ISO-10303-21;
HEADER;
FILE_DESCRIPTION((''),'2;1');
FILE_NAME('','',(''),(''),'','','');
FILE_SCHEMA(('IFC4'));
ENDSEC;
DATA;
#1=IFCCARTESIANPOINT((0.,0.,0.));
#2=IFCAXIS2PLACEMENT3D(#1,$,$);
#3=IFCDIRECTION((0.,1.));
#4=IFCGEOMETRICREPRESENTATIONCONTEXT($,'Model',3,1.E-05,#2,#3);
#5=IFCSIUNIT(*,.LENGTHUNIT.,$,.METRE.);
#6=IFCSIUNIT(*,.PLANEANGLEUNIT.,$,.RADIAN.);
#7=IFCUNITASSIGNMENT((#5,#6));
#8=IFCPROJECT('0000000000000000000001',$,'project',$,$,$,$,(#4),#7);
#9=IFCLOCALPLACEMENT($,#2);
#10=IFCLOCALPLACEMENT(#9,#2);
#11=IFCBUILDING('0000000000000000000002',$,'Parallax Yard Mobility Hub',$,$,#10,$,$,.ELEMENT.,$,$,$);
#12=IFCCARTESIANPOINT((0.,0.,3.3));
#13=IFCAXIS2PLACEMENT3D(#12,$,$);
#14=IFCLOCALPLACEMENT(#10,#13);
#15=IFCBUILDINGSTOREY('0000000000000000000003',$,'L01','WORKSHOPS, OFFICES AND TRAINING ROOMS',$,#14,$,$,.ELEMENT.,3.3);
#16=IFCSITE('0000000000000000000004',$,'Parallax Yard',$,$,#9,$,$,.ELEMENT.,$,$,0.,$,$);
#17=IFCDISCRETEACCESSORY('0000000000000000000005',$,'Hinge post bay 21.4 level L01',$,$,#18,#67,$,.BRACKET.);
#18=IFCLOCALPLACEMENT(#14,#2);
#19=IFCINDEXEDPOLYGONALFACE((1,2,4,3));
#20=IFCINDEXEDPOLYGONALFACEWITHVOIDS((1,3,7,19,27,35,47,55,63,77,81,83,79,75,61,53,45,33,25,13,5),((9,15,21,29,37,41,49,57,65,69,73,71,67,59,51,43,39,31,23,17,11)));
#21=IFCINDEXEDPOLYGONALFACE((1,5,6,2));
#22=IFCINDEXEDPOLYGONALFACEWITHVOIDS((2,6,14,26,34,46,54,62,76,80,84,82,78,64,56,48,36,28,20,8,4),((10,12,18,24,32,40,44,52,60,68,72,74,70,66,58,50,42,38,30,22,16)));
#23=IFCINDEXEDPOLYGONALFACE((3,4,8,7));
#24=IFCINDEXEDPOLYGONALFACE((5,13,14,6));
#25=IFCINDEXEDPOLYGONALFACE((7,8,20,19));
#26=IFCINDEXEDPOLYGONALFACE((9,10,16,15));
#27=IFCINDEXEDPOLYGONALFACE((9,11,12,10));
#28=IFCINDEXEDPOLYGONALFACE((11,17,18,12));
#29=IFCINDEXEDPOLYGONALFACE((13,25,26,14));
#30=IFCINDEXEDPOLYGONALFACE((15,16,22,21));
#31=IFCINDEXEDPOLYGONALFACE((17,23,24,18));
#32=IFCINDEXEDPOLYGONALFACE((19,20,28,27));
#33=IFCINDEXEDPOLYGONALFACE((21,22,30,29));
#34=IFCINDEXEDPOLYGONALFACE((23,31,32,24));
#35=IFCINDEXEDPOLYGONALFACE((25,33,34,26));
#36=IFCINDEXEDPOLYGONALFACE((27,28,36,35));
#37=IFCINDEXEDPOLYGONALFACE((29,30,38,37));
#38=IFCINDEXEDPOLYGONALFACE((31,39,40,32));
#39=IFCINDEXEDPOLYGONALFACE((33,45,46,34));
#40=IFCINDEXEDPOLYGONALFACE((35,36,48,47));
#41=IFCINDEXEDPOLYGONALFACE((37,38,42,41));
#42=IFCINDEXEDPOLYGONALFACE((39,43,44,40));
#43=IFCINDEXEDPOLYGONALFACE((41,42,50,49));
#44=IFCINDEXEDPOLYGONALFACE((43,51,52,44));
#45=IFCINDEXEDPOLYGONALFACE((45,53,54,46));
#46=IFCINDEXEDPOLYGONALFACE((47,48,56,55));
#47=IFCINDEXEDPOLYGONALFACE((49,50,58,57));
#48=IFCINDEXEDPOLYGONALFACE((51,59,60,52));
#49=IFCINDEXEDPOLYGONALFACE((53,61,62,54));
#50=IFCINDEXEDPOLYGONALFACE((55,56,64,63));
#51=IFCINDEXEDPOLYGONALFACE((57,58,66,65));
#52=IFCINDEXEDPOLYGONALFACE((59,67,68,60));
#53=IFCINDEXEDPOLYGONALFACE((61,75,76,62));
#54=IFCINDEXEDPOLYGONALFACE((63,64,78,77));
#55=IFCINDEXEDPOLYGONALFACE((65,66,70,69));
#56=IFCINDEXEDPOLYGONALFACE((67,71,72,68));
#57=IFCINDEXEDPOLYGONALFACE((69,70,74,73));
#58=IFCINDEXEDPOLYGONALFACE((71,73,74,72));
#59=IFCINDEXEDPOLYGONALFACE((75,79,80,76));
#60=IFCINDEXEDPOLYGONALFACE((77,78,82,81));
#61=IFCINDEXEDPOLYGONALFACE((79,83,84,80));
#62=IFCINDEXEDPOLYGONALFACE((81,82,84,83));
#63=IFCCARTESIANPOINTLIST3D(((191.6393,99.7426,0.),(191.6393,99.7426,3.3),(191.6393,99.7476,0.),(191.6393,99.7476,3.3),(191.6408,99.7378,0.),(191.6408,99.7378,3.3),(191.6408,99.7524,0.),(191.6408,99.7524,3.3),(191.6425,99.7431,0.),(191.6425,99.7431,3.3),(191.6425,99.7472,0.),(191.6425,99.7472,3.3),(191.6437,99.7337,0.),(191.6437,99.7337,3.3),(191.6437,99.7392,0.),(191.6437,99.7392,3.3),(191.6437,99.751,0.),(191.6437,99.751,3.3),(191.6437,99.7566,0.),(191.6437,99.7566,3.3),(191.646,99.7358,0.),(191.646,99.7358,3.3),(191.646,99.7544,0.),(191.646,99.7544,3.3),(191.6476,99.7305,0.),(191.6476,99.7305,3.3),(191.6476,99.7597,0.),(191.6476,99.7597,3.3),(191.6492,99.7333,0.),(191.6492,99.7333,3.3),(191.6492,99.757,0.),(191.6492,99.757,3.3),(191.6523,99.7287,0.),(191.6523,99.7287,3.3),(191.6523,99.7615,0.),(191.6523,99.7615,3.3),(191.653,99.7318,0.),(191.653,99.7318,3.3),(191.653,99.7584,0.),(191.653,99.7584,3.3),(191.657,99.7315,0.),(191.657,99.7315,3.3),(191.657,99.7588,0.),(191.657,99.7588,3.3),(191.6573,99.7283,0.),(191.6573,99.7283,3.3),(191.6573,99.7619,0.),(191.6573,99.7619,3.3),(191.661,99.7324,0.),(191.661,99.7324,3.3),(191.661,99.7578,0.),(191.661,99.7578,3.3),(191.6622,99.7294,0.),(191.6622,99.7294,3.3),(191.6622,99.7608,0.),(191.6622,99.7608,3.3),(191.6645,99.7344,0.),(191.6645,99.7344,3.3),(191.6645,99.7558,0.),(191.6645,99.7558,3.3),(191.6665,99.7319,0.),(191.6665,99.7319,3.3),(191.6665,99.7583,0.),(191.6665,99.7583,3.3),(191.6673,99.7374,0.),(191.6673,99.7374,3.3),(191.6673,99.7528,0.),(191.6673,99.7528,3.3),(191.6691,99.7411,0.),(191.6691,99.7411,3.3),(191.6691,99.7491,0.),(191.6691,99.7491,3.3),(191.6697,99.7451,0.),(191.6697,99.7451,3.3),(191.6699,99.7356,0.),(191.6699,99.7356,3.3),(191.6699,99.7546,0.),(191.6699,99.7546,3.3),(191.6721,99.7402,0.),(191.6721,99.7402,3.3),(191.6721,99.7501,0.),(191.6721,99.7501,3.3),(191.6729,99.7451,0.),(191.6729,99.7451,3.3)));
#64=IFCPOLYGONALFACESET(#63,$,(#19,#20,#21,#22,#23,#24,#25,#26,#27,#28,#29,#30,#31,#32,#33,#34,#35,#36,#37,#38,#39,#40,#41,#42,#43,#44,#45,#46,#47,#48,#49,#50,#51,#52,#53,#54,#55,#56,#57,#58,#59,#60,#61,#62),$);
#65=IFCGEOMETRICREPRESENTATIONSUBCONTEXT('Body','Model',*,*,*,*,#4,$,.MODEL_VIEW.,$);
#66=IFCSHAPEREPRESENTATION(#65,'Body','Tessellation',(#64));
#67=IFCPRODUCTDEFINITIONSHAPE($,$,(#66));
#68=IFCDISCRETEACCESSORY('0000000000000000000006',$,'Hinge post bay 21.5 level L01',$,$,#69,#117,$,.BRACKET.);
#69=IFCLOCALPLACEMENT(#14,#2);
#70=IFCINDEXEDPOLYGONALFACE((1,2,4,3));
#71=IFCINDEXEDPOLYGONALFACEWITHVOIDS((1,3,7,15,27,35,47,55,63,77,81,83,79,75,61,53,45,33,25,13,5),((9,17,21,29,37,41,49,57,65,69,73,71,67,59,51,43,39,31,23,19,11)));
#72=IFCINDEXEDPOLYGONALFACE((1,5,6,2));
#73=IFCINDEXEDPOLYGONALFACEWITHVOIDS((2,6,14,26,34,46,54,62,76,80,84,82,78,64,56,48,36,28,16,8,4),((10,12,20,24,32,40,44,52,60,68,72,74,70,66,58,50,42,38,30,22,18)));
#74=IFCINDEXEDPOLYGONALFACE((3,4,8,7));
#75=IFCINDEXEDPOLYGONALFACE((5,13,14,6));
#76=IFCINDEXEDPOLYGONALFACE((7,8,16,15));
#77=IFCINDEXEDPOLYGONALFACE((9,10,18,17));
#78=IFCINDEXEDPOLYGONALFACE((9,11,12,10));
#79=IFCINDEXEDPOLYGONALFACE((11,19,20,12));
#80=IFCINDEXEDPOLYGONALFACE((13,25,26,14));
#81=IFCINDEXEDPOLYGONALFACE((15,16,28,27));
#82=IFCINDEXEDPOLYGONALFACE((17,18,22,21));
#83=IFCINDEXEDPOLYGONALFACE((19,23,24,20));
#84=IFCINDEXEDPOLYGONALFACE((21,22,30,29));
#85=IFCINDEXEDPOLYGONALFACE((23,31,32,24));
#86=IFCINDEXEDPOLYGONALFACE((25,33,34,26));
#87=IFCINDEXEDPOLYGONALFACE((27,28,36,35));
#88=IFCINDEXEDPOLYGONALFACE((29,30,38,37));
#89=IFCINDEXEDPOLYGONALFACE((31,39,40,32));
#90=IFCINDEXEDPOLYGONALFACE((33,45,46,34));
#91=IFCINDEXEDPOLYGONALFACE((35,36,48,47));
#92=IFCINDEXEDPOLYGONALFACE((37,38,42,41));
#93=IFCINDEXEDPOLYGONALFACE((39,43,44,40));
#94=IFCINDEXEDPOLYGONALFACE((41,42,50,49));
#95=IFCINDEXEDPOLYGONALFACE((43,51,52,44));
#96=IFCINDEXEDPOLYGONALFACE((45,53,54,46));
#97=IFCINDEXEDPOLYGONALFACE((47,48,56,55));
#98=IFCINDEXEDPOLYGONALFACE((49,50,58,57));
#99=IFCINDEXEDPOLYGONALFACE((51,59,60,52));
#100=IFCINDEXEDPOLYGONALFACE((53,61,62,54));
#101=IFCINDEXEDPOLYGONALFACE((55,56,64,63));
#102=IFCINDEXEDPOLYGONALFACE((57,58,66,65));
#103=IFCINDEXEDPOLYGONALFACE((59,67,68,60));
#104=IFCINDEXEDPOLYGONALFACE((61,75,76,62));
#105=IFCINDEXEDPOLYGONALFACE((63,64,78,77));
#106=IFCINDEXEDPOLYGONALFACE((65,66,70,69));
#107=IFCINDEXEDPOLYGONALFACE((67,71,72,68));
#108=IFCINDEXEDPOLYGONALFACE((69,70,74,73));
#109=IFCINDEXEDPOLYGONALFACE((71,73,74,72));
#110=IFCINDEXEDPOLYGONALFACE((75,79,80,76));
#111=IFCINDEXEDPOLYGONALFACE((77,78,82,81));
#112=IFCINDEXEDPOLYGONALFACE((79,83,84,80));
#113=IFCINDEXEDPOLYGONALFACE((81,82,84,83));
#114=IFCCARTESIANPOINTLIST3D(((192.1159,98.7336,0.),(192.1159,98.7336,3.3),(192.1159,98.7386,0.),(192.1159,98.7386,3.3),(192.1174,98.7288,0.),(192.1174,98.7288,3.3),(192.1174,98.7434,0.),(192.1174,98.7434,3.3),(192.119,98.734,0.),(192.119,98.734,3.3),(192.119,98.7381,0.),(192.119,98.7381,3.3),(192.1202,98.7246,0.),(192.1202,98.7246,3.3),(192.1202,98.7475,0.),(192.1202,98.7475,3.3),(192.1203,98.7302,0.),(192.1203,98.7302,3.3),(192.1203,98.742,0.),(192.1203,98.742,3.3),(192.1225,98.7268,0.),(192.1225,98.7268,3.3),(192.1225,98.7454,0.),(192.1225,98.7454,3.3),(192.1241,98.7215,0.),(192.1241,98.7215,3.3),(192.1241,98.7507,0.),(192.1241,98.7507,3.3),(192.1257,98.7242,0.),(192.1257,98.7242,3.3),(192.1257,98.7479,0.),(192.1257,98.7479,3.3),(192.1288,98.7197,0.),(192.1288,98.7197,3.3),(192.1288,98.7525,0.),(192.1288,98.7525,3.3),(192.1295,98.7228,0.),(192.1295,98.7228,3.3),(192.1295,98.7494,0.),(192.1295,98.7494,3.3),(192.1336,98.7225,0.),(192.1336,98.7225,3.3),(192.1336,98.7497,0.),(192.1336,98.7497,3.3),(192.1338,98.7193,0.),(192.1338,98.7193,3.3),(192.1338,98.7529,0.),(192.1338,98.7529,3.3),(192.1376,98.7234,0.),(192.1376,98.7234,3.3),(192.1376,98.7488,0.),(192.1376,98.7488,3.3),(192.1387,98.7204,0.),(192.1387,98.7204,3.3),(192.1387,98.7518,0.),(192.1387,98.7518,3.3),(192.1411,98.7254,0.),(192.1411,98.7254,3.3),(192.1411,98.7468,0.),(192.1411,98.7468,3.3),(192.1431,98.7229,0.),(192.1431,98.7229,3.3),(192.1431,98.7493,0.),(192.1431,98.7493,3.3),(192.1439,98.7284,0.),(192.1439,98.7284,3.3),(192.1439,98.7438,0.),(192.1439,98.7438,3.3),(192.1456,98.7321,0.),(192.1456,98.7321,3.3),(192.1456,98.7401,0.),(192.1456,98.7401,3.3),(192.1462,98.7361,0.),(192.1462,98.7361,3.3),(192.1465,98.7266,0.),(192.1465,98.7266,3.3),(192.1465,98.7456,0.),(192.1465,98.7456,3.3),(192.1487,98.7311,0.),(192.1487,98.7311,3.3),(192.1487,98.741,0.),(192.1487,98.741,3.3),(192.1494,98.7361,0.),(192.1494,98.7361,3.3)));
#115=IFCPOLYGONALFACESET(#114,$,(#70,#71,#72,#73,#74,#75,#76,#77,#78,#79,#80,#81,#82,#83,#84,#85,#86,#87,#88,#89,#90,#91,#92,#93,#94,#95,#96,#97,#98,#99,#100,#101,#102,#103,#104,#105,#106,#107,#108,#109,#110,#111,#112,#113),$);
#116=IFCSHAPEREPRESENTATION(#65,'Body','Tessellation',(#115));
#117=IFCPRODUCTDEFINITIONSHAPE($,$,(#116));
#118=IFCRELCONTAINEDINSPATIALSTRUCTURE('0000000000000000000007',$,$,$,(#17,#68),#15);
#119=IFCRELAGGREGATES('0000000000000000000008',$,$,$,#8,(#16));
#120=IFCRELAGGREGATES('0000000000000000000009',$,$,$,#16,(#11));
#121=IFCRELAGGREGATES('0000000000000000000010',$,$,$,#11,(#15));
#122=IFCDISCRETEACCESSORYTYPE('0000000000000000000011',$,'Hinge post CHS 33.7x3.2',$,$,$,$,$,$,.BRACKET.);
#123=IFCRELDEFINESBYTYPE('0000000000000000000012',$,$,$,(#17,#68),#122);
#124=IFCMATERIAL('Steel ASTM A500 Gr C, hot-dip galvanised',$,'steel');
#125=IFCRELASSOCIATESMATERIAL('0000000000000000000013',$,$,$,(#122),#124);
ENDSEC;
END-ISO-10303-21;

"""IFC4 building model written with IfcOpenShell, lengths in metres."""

from ifc_helpers import new_model, si_unit, direction, frame, origin, origin_2d, place, context, subcontext, project, spatial, hollow_circle, extrude, material, material_profile, profile_set, type_object, element, save


model = new_model("IFC4")

# Units and contexts
model_context = context("Model", 3, precision=1e-05, world=origin(), true_north=direction((0.0, 1.0)))
body_context = subcontext(model_context, "Body", "Model", "MODEL_VIEW")
ifc_project = project(units=[si_unit("LENGTHUNIT", "METRE"), si_unit("PLANEANGLEUNIT", "RADIAN")], contexts=[model_context])

# Site, building, storey
site_placement = place(None, origin())
site = spatial("IfcSite", under=ifc_project, at=site_placement, Name="Parallax Yard", CompositionType="ELEMENT", RefElevation=0.0)
building_placement = place(site_placement, origin())
building = spatial("IfcBuilding", under=site, at=building_placement, Name="Parallax Yard Mobility Hub", CompositionType="ELEMENT")
storey_placement = place(building_placement, frame((0.0, 0.0, 3.3)))
storey = spatial("IfcBuildingStorey", under=building, at=storey_placement, Name="L01", Description="WORKSHOPS, OFFICES AND TRAINING ROOMS", CompositionType="ELEMENT", Elevation=3.3)

# Discrete accessories
ifc_material_1 = material(Name="Steel ASTM A500 Gr C, hot-dip galvanised", Category="steel")
ifc_material_profile_1 = material_profile(ifc_material_1, hollow_circle(Radius=0.0168, WallThickness=0.0032, at=origin_2d()), Name="CHS 33.7x3.2")
ifc_profile_set_1 = profile_set([ifc_material_profile_1], Name="Steel ASTM A500 Gr C, hot-dip galvanised")
discrete_accessory_type_1 = type_object("IfcDiscreteAccessoryType", Name="Hinge post CHS 33.7x3.2", PredefinedType="BRACKET", material=ifc_profile_set_1)
for number, where, z_axis, x_axis, name in (
    (1, (191.656, 99.7451, 0.0), (0.0, 0.0, 1.0), (1.0, 0.0, 0.0), "Hinge post bay 21.4 level L01"),
    (2, (192.1326, 98.7361, 0.0), (0.0, 0.0, 1.0), (1.0, 0.0, 0.0), "Hinge post bay 21.5 level L01"),
):
    element("IfcDiscreteAccessory", number, at=place(storey_placement, frame(where, z_axis=z_axis, x_axis=x_axis)), inside=storey, type_object=discrete_accessory_type_1, Name=name, PredefinedType="BRACKET", context=body_context, shape_type="SweptSolid", body=[
        extrude(hollow_circle(Radius=0.0168, WallThickness=0.0032, at=origin_2d()), origin(), (0.0, 0.0, 1.0), 3.3),
    ])

save(model, "model.ifc")
